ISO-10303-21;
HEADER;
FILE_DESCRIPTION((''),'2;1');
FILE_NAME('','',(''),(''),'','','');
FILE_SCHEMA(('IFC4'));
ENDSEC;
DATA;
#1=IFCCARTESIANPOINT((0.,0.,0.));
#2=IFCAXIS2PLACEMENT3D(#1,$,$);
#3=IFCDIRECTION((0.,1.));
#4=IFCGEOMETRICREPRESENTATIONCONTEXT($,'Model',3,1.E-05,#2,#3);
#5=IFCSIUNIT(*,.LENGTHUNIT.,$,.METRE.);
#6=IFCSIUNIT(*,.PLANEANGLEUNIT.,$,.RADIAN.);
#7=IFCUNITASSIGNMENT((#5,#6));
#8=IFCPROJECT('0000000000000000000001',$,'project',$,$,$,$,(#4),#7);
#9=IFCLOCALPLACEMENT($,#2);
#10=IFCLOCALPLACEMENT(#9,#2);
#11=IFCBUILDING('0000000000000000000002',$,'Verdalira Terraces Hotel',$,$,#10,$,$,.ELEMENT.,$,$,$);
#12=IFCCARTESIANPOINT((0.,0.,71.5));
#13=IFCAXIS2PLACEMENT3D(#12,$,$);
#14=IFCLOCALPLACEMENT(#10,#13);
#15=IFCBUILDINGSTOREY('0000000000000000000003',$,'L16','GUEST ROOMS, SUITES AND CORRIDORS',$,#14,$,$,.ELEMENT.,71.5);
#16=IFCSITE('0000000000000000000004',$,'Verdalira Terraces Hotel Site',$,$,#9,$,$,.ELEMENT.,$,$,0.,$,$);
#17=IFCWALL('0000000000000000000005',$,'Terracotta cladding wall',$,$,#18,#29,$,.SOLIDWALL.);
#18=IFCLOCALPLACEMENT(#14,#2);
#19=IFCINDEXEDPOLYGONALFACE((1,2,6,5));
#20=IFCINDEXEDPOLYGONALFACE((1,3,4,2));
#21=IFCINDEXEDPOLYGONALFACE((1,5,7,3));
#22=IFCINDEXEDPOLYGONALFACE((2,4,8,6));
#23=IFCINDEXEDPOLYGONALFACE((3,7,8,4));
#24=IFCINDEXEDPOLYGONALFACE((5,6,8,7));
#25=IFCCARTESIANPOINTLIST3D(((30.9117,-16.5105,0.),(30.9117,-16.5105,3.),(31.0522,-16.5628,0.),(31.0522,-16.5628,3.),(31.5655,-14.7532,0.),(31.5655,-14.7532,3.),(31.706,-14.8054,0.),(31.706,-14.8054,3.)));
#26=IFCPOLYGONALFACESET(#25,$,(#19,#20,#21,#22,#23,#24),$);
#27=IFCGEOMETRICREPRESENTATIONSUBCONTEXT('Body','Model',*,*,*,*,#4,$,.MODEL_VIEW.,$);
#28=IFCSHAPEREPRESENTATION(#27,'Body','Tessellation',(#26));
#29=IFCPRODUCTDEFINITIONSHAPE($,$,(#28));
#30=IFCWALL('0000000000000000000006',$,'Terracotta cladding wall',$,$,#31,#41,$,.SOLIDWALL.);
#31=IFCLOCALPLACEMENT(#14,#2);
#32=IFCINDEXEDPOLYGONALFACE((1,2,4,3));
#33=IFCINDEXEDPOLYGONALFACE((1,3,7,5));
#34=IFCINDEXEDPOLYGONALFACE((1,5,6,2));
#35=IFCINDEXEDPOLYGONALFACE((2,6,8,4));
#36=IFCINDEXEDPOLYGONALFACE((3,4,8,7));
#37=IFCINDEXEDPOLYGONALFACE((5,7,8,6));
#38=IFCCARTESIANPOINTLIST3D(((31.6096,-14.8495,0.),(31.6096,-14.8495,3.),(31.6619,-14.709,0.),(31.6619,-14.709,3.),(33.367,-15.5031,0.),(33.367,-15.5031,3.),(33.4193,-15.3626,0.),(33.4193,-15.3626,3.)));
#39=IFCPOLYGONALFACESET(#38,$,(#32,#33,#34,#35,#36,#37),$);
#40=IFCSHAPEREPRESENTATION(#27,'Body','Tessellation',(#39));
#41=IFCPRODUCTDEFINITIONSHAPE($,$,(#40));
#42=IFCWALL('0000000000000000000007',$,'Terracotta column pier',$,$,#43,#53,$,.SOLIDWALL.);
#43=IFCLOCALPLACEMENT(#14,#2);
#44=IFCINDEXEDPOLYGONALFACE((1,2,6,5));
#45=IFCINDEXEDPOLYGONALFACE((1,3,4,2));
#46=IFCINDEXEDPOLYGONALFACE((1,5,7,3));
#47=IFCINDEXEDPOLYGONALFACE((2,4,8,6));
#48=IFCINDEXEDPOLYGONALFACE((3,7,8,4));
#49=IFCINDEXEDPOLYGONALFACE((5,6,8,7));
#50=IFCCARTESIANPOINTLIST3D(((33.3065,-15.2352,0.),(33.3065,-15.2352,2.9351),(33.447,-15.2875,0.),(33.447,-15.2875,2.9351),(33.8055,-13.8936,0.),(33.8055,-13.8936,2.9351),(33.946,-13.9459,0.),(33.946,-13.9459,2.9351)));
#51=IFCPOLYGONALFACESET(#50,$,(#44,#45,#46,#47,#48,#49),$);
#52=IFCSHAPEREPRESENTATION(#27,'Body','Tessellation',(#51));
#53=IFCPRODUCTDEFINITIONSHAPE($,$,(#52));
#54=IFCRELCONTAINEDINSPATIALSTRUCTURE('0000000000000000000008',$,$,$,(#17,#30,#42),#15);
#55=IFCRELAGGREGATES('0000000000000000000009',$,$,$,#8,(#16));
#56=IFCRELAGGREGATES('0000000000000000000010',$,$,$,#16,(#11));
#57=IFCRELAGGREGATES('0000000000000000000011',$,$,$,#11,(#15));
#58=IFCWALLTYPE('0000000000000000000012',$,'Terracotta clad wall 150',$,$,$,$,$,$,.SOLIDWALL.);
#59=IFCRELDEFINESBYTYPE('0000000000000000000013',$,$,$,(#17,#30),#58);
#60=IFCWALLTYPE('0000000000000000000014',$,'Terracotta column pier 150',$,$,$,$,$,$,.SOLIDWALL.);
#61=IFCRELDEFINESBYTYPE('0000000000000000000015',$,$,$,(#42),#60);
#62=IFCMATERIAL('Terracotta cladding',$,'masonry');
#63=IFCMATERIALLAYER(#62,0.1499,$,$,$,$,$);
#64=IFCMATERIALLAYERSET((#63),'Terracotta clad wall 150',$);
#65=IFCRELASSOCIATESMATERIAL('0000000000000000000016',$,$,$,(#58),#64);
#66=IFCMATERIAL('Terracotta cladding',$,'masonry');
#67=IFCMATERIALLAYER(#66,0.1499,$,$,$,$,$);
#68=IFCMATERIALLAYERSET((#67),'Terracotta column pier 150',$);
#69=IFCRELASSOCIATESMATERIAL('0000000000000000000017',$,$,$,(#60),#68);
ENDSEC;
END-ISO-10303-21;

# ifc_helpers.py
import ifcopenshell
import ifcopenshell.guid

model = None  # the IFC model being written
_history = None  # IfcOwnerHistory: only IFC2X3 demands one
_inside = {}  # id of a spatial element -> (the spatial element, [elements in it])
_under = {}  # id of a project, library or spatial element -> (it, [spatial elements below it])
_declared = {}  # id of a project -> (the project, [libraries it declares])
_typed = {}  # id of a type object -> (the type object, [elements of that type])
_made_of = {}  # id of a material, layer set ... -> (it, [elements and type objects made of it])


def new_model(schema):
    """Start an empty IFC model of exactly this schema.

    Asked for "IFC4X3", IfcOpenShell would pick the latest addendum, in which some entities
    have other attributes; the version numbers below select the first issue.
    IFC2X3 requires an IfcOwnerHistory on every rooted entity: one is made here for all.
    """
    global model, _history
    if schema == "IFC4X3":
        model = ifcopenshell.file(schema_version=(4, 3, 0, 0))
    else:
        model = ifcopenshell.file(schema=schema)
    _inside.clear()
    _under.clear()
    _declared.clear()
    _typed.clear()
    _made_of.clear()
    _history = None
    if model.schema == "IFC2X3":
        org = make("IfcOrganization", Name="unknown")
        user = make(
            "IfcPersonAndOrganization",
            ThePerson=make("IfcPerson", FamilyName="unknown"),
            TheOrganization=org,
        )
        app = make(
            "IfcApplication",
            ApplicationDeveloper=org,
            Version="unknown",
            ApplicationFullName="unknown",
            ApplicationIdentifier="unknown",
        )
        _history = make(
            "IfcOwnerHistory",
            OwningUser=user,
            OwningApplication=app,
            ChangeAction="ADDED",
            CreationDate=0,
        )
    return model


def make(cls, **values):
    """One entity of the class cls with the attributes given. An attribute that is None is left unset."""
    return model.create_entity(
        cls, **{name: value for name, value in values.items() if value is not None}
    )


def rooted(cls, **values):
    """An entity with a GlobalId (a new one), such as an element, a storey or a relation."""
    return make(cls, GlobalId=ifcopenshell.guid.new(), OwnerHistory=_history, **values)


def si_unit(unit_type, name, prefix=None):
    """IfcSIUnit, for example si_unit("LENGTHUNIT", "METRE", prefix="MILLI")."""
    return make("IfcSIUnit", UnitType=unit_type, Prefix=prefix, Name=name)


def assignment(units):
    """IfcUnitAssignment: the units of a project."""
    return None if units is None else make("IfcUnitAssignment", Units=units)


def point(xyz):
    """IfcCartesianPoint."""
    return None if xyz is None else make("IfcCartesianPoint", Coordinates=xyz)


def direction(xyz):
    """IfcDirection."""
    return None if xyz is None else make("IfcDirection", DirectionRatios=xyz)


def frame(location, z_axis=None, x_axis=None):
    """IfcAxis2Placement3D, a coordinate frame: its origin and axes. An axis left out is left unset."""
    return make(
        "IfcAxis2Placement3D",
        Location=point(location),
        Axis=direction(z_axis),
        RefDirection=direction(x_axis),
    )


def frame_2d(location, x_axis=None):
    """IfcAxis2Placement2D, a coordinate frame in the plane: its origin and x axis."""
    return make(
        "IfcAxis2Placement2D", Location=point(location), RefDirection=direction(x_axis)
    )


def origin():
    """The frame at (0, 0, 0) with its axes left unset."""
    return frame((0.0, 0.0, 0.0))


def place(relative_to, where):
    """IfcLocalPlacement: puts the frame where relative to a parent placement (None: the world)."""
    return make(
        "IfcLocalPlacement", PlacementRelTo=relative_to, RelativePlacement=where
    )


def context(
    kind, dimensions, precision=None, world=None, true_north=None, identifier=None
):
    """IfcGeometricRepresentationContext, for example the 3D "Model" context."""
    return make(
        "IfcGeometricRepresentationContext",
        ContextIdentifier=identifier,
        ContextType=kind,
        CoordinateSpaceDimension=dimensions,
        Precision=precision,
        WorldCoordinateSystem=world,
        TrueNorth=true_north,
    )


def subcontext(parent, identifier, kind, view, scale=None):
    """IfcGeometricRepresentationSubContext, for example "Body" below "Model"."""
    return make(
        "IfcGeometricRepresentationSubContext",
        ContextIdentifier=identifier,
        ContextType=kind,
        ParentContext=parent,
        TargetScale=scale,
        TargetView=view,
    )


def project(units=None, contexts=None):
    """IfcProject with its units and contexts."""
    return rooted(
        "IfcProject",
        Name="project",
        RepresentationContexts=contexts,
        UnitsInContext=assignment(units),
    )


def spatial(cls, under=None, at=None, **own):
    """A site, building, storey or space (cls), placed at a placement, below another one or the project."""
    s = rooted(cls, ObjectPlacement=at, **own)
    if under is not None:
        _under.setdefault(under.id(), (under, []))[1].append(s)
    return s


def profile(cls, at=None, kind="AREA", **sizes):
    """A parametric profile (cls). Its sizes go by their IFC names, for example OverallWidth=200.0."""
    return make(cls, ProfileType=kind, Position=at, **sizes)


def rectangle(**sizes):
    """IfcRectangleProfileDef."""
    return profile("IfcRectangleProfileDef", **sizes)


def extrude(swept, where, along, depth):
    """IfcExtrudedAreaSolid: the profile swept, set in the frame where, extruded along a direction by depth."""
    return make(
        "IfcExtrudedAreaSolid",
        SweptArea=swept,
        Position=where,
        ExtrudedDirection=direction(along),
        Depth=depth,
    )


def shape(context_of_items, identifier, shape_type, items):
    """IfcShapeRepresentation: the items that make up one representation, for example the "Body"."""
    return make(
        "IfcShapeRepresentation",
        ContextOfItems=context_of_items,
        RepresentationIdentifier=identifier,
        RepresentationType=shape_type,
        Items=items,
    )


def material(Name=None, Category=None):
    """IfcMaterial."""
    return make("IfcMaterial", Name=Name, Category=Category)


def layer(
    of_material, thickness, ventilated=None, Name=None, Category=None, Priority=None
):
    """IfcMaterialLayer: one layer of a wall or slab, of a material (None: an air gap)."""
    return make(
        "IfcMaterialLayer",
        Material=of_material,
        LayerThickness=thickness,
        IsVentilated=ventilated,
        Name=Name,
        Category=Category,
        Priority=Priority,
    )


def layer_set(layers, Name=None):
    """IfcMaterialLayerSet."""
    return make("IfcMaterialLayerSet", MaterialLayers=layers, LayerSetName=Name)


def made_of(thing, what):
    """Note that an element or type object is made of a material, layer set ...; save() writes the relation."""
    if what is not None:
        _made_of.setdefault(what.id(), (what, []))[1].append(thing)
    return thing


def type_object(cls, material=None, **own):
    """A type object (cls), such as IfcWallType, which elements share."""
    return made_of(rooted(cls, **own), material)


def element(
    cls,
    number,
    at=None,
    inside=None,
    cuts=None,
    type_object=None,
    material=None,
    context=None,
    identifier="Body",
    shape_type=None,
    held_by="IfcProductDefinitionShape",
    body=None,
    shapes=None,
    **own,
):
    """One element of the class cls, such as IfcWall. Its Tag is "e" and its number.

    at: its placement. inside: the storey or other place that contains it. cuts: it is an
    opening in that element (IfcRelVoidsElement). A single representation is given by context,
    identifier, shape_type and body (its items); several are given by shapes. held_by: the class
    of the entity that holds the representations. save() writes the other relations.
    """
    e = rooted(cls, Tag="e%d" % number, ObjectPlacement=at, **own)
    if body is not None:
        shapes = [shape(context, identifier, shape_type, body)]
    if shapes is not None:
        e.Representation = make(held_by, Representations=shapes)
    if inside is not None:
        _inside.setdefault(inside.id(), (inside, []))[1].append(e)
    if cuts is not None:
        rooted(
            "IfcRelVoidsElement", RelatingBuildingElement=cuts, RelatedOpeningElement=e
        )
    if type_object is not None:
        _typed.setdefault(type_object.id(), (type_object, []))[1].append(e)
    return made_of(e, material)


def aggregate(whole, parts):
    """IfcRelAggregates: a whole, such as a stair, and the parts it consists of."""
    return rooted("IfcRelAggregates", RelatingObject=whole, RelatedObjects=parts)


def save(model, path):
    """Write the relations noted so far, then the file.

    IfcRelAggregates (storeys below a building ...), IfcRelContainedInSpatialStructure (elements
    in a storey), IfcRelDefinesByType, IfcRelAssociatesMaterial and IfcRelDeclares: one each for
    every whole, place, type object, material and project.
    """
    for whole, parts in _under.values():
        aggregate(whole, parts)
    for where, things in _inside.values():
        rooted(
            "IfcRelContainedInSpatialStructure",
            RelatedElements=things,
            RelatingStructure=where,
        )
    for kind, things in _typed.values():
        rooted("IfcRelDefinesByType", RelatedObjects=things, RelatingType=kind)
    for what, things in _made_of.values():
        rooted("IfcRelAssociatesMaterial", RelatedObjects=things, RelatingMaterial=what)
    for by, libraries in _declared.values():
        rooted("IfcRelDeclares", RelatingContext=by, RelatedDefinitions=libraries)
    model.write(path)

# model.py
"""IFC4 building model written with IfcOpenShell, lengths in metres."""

from ifc_helpers import new_model, si_unit, direction, frame, frame_2d, origin, place, context, subcontext, project, spatial, rectangle, extrude, material, layer, layer_set, type_object, element, save


model = new_model("IFC4")

# Units and contexts
model_context = context("Model", 3, precision=1e-05, world=origin(), true_north=direction((0.0, 1.0)))
body_context = subcontext(model_context, "Body", "Model", "MODEL_VIEW")
ifc_project = project(units=[si_unit("LENGTHUNIT", "METRE"), si_unit("PLANEANGLEUNIT", "RADIAN")], contexts=[model_context])

# Site, building, storey
site_placement = place(None, origin())
site = spatial("IfcSite", under=ifc_project, at=site_placement, Name="Verdalira Terraces Hotel Site", CompositionType="ELEMENT", RefElevation=0.0)
building_placement = place(site_placement, origin())
building = spatial("IfcBuilding", under=site, at=building_placement, Name="Verdalira Terraces Hotel", CompositionType="ELEMENT")
storey_placement = place(building_placement, frame((0.0, 0.0, 71.5)))
storey = spatial("IfcBuildingStorey", under=building, at=storey_placement, Name="L16", Description="GUEST ROOMS, SUITES AND CORRIDORS", CompositionType="ELEMENT", Elevation=71.5)

# Walls
ifc_material_1 = material(Name="Terracotta cladding", Category="masonry")
ifc_layer_1 = layer(ifc_material_1, 0.1499)
ifc_layer_set_1 = layer_set([ifc_layer_1], Name="Terracotta clad wall 150")
wall_type_1 = type_object("IfcWallType", Name="Terracotta clad wall 150", PredefinedType="SOLIDWALL", material=ifc_layer_set_1)
for number, where, z_axis, x_axis, name in (
    (1, (30.9819, -16.5366, 0.0), (0.0, 0.0, 1.0), (0.348696, 0.937236, 0.0), "Terracotta cladding wall"),
    (2, (31.6357, -14.7793, 0.0), (0.0, 0.0, 1.0), (0.937278, -0.348582, 0.0), "Terracotta cladding wall"),
):
    element("IfcWall", number, at=place(storey_placement, frame(where, z_axis=z_axis, x_axis=x_axis)), inside=storey, type_object=wall_type_1, Name=name, PredefinedType="SOLIDWALL", context=body_context, shape_type="SweptSolid", body=[
        extrude(rectangle(XDim=1.875, YDim=0.1499, at=frame_2d((0.9375, 0.0))), origin(), (0.0, 0.0, 1.0), 3.0),
    ])
ifc_material_2 = material(Name="Terracotta cladding", Category="masonry")
ifc_layer_2 = layer(ifc_material_2, 0.1499)
ifc_layer_set_2 = layer_set([ifc_layer_2], Name="Terracotta column pier 150")
wall_type_2 = type_object("IfcWallType", Name="Terracotta column pier 150", PredefinedType="SOLIDWALL", material=ifc_layer_set_2)
wall_1_placement = place(storey_placement, frame((33.3767, -15.2615, 0.0), z_axis=(0.0, 0.0, 1.0), x_axis=(0.348636, 0.937258, 0.0)))
element("IfcWall", 3, at=wall_1_placement, inside=storey, type_object=wall_type_2, Name="Terracotta column pier", PredefinedType="SOLIDWALL", context=body_context, shape_type="SweptSolid", body=[
    extrude(rectangle(XDim=1.4314, YDim=0.1499, at=frame_2d((0.7158, 0.0))), origin(), (0.0, 0.0, 1.0), 2.9351),
])

save(model, "model.ifc")
